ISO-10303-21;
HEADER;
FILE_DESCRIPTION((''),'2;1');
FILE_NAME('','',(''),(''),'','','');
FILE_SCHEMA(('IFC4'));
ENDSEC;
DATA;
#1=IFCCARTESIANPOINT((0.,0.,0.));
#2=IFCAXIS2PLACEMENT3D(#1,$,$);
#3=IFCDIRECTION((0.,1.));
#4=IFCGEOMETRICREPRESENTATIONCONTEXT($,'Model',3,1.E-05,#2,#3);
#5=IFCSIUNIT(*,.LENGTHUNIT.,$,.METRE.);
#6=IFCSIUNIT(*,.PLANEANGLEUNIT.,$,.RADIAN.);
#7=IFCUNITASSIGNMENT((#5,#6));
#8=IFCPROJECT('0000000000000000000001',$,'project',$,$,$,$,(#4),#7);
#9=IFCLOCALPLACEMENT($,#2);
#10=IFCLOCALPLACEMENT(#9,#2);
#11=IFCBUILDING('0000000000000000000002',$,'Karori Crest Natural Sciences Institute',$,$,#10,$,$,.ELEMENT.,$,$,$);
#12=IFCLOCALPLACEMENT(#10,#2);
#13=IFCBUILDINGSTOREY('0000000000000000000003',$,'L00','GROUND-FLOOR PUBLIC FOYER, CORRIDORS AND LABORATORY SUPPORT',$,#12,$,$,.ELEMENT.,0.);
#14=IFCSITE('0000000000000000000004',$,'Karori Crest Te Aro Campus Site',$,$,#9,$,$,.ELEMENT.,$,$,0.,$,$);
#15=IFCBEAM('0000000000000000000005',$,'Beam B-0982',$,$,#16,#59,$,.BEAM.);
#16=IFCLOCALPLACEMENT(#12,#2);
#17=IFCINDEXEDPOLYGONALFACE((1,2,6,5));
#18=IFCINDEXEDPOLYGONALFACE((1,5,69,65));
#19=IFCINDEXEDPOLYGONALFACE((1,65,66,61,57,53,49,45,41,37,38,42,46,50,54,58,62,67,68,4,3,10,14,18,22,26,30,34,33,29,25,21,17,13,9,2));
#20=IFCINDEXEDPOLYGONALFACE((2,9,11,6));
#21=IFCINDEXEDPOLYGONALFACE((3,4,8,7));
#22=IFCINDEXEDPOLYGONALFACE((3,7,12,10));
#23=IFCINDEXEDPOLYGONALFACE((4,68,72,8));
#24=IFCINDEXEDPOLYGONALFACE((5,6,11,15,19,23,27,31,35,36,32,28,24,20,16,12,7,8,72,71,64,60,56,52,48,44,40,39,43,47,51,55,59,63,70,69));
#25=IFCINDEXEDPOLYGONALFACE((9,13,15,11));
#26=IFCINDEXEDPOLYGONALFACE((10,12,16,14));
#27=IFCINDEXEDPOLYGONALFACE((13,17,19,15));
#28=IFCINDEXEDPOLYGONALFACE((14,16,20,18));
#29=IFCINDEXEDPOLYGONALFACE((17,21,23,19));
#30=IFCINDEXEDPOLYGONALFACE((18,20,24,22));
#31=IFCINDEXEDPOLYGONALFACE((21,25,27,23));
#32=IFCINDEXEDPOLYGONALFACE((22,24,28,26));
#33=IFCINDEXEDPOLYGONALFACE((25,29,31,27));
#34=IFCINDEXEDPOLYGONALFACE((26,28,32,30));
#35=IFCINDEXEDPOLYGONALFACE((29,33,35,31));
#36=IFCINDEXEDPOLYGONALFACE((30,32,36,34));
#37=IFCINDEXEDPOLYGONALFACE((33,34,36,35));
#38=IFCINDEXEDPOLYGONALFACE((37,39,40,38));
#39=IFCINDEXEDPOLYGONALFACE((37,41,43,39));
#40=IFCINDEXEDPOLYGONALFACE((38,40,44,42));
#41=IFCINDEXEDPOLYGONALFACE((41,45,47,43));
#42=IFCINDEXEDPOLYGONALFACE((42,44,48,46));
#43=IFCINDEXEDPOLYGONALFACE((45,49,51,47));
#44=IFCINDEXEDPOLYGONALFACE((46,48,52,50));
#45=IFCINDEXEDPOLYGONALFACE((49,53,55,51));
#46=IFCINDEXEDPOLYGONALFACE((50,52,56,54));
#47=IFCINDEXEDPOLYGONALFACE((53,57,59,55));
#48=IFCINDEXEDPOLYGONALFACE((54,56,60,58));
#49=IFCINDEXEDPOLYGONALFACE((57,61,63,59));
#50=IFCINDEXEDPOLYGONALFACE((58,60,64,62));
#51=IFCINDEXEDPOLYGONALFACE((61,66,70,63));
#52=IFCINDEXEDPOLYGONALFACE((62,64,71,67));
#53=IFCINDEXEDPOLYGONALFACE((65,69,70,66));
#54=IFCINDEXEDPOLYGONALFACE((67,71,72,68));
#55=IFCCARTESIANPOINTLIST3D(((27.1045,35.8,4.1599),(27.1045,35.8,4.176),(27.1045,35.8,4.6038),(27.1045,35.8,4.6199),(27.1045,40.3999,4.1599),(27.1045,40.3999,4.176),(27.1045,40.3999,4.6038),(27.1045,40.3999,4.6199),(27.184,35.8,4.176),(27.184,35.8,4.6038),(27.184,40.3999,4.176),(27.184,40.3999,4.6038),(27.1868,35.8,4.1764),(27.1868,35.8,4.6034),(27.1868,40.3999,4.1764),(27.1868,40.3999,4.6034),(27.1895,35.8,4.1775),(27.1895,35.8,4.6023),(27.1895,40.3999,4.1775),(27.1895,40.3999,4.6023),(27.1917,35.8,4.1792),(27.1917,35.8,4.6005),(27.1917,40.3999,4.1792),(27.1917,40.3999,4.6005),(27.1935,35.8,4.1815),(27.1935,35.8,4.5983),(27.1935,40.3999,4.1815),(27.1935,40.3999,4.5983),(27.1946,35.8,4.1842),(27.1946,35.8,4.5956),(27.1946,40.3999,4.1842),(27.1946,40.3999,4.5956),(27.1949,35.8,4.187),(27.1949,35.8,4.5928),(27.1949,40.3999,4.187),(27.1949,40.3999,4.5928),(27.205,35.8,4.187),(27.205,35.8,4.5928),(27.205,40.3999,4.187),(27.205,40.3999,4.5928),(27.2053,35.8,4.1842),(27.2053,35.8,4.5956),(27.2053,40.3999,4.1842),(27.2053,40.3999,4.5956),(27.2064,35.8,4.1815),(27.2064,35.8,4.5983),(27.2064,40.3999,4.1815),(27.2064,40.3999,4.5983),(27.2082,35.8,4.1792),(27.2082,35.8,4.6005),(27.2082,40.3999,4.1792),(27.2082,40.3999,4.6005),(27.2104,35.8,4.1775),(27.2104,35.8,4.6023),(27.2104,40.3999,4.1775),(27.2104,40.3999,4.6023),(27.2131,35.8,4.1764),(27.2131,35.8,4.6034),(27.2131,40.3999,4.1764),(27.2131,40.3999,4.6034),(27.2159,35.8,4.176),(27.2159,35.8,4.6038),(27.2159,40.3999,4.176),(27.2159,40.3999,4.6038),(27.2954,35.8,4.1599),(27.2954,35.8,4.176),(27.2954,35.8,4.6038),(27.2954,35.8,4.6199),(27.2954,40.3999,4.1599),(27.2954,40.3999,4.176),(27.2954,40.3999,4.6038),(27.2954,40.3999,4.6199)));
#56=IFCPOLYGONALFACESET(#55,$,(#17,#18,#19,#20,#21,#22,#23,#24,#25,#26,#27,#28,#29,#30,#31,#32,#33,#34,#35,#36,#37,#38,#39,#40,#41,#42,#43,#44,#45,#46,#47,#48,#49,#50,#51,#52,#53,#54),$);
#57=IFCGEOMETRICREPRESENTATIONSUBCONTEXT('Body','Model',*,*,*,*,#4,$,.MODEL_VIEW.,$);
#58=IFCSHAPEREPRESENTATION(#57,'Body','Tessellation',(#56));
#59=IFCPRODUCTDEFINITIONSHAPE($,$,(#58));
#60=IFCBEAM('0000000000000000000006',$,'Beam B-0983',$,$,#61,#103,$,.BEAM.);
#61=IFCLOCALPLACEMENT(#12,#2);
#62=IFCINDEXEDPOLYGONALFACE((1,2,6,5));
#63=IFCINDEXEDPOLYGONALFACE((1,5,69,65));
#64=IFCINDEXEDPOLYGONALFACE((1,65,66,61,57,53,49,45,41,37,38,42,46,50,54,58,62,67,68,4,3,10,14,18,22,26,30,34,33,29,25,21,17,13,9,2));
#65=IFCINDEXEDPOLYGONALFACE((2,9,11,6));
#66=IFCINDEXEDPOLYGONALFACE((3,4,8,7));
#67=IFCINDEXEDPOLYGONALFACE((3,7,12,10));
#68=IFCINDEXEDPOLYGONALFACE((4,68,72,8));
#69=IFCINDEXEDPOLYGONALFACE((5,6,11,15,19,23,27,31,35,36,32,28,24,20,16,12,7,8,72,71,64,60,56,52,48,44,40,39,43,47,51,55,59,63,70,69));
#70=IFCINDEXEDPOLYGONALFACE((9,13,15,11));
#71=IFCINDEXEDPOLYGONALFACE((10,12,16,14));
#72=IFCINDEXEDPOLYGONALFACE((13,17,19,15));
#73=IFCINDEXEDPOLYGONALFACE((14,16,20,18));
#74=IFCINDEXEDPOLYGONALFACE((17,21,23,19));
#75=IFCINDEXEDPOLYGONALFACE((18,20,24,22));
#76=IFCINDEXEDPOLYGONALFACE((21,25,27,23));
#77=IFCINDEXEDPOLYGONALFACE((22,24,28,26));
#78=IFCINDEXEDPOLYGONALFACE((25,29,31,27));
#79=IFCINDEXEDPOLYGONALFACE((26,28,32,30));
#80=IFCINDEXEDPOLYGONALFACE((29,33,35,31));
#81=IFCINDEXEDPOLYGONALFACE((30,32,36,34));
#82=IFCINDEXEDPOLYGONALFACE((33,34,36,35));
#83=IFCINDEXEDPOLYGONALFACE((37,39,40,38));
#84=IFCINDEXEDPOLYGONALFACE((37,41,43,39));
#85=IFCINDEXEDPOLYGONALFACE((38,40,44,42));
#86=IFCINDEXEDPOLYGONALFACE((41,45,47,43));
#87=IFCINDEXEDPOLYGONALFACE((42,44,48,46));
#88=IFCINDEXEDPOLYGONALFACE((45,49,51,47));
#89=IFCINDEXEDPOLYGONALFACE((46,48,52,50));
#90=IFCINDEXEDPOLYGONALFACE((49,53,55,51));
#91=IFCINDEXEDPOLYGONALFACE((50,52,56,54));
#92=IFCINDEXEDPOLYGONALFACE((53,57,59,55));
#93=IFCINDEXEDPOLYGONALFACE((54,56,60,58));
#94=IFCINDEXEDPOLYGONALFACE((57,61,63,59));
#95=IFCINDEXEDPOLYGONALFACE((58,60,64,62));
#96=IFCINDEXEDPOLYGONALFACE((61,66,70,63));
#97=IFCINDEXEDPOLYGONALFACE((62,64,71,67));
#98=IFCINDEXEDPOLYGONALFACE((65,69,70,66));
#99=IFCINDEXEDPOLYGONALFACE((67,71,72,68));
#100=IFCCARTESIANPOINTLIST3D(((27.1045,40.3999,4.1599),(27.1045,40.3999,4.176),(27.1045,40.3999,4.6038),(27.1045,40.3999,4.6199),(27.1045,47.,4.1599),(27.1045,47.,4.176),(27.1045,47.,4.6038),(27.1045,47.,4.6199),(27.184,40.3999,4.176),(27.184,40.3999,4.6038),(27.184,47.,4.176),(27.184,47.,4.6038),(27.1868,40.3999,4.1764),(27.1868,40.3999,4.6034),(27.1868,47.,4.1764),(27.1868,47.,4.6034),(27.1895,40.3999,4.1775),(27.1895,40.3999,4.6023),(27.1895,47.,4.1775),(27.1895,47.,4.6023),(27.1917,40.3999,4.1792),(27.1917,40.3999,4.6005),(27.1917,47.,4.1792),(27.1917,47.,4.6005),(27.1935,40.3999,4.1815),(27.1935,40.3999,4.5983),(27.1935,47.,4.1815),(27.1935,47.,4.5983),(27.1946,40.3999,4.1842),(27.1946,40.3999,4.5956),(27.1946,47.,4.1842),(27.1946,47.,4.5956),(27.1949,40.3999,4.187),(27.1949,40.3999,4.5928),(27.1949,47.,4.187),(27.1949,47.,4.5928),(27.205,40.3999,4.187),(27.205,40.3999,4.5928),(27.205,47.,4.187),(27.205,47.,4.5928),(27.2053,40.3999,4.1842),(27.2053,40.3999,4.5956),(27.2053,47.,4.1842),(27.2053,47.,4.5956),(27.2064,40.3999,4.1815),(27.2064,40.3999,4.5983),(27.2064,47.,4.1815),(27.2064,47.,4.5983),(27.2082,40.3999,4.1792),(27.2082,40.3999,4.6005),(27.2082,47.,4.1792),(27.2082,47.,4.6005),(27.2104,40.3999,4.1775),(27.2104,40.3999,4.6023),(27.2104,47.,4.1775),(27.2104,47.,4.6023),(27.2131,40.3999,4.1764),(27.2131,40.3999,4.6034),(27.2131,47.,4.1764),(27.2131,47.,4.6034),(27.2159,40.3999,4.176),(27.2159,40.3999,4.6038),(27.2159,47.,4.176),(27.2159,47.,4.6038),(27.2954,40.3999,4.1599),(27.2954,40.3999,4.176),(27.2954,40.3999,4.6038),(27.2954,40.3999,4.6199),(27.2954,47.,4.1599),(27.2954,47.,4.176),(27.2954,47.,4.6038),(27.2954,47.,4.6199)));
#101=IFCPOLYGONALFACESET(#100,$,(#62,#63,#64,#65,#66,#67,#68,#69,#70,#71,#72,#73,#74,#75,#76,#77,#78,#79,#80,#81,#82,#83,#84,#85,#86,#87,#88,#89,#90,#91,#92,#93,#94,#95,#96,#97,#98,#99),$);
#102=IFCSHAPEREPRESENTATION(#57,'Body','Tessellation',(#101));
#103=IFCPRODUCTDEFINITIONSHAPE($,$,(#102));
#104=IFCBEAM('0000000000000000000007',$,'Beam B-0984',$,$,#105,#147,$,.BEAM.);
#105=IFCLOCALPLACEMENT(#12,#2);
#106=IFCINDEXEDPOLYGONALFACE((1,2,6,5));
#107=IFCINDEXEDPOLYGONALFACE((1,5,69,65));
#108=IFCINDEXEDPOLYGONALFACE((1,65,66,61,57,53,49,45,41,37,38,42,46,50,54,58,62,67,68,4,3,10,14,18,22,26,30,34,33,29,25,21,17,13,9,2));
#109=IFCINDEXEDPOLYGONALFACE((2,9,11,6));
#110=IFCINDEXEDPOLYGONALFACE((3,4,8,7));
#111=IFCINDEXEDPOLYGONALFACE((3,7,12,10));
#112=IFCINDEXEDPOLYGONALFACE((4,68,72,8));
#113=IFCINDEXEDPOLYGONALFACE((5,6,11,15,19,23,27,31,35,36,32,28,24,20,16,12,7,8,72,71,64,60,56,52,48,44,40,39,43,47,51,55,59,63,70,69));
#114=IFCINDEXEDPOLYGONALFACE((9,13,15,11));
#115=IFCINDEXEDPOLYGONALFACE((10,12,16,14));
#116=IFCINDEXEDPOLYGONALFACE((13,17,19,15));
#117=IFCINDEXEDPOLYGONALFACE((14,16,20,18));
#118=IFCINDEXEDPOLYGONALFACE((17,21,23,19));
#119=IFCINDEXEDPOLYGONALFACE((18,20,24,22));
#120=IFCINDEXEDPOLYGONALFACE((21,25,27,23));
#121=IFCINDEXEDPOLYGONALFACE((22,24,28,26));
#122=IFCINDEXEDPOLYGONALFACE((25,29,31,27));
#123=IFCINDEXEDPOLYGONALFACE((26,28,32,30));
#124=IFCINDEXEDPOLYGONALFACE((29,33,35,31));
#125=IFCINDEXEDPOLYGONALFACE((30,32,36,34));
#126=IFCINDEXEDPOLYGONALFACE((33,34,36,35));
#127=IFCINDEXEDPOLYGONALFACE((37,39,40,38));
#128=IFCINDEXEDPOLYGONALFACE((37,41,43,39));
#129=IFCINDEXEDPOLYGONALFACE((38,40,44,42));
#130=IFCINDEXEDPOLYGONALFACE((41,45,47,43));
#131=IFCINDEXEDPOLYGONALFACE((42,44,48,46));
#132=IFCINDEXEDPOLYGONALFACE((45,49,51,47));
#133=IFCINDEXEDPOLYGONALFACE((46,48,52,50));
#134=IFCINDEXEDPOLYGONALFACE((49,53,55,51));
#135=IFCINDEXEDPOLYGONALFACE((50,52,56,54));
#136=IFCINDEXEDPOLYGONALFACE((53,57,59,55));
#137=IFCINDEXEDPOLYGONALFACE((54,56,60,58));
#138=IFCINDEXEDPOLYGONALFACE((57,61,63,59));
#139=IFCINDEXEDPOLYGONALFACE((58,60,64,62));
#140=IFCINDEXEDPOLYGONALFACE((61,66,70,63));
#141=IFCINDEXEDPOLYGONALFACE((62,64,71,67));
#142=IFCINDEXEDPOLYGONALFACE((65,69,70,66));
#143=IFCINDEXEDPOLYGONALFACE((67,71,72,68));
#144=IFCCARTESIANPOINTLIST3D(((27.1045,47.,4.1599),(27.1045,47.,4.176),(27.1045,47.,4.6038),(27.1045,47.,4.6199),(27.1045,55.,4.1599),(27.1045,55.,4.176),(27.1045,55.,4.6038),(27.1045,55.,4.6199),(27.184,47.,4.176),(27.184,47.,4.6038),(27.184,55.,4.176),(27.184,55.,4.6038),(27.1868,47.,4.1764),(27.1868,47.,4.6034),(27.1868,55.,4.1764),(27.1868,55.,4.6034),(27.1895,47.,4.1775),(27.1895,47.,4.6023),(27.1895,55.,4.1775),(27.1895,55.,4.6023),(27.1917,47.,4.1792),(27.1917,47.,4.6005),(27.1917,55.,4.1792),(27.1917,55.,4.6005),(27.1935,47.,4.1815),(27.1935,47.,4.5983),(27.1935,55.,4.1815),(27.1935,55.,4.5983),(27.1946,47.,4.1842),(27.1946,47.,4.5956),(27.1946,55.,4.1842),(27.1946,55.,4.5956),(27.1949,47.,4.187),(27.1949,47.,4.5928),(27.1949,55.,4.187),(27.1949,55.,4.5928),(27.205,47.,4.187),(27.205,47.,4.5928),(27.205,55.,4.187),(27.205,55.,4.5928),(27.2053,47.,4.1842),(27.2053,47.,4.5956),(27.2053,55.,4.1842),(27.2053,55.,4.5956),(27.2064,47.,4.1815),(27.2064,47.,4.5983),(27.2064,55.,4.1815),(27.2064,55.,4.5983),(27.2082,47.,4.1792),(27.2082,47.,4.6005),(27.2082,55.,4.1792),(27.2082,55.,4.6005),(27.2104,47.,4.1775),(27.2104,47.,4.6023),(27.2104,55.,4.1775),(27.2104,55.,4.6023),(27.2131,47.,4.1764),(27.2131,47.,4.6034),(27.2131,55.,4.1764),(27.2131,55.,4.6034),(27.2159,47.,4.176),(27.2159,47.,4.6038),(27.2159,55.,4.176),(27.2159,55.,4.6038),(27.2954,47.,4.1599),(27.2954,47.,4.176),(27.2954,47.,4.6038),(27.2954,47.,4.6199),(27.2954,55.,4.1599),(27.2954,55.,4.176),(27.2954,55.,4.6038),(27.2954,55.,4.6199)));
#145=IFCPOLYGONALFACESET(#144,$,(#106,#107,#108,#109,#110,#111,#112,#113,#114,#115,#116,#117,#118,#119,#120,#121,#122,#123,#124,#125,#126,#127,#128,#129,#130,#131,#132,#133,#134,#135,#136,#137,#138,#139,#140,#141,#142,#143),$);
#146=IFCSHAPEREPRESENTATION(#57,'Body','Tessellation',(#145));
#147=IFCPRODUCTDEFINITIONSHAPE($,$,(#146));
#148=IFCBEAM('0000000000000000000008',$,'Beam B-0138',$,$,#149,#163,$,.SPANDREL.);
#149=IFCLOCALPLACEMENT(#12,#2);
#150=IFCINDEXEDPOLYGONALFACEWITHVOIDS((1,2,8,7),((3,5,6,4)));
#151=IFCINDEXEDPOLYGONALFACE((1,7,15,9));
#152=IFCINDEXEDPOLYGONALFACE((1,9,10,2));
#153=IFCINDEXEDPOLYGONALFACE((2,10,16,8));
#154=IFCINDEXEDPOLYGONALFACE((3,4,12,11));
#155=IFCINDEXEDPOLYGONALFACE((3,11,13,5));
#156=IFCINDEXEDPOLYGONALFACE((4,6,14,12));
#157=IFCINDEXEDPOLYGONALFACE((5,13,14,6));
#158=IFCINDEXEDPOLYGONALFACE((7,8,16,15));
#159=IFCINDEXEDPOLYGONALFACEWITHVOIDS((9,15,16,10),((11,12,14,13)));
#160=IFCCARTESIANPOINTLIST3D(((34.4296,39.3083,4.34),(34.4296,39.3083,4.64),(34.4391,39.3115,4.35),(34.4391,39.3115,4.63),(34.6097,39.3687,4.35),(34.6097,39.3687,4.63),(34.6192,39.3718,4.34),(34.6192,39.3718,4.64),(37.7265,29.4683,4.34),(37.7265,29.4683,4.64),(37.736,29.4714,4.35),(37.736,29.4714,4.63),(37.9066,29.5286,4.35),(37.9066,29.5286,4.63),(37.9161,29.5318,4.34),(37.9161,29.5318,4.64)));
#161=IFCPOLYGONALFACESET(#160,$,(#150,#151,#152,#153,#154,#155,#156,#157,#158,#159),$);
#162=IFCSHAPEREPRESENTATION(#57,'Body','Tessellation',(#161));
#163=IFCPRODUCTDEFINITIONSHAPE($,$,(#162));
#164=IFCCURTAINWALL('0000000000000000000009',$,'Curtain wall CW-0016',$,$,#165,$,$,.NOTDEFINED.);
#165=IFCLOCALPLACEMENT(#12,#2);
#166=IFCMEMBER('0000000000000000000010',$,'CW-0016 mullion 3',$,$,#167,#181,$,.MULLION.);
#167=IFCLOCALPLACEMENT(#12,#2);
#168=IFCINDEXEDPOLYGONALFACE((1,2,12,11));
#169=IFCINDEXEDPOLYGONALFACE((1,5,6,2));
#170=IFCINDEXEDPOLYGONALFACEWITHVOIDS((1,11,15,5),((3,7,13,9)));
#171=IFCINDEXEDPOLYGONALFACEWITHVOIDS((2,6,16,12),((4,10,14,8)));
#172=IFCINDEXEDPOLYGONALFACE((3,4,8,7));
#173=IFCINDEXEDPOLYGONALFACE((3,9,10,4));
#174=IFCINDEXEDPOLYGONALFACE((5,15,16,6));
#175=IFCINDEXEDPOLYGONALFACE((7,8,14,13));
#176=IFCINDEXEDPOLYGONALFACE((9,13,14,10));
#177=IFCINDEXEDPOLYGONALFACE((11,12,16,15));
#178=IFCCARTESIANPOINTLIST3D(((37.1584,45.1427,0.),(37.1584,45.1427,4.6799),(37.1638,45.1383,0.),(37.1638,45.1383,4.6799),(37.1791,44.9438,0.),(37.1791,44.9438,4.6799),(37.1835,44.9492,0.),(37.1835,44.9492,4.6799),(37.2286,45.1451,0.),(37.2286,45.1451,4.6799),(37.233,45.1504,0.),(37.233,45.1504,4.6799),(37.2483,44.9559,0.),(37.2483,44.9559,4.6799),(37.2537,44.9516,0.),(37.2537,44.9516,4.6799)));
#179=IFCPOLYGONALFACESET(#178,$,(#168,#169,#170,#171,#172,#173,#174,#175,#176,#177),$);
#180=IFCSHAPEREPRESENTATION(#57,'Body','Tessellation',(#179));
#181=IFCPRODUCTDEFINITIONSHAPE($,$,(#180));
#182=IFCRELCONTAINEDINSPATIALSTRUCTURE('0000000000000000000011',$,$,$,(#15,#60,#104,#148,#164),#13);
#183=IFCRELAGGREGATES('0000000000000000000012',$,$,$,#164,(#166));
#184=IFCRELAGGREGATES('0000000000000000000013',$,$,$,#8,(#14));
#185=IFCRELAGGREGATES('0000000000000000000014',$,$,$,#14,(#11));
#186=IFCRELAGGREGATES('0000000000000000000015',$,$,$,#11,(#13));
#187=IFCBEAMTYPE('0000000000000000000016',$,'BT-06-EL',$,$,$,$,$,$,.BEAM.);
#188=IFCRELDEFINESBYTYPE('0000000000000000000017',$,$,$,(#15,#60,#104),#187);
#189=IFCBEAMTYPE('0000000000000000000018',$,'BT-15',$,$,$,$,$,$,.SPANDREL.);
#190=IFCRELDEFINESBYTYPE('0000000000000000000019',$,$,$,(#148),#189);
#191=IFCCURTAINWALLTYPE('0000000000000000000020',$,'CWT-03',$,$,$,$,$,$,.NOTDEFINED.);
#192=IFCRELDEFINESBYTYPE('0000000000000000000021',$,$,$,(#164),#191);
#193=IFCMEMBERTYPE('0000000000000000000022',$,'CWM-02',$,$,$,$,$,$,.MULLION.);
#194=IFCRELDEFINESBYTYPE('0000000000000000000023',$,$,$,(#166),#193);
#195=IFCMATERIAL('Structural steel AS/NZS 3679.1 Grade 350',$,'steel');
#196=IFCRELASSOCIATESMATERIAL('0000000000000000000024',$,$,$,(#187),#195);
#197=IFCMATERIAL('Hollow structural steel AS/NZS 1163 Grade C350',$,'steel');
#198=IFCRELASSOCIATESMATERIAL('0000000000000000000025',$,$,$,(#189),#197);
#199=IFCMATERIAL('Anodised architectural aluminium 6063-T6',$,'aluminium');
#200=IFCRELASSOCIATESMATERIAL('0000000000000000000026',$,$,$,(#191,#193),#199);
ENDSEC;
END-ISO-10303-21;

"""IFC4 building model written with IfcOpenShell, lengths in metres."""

from ifc_helpers import new_model, si_unit, direction, frame, origin, origin_2d, place, context, subcontext, project, spatial, hollow_rectangle, i_section, extrude, material, material_profile, profile_set, type_object, element, aggregate, save


model = new_model("IFC4")

# Units and contexts
model_context = context("Model", 3, precision=1e-05, world=origin(), true_north=direction((0.0, 1.0)))
body_context = subcontext(model_context, "Body", "Model", "MODEL_VIEW")
ifc_project = project(units=[si_unit("LENGTHUNIT", "METRE"), si_unit("PLANEANGLEUNIT", "RADIAN")], contexts=[model_context])

# Site, building, storey
site_placement = place(None, origin())
site = spatial("IfcSite", under=ifc_project, at=site_placement, Name="Karori Crest Te Aro Campus Site", CompositionType="ELEMENT", RefElevation=0.0)
building_placement = place(site_placement, origin())
building = spatial("IfcBuilding", under=site, at=building_placement, Name="Karori Crest Natural Sciences Institute", CompositionType="ELEMENT")
storey_placement = place(building_placement, origin())
storey = spatial("IfcBuildingStorey", under=building, at=storey_placement, Name="L00", Description="GROUND-FLOOR PUBLIC FOYER, CORRIDORS AND LABORATORY SUPPORT", CompositionType="ELEMENT", Elevation=0.0)

# Shared definitions
ifc_material_1 = material(Name="Structural steel AS/NZS 3679.1 Grade 350", Category="steel")
ifc_material_2 = material(Name="Hollow structural steel AS/NZS 1163 Grade C350", Category="steel")

# Beams
ifc_material_profile_1 = material_profile(ifc_material_1, i_section(OverallWidth=0.1909, OverallDepth=0.46, WebThickness=0.01, FlangeThickness=0.0161, FilletRadius=0.011, at=origin_2d()), Name="460UB82.1")
ifc_profile_set_1 = profile_set([ifc_material_profile_1], Name="Structural steel AS/NZS 3679.1 Grade 350")
beam_type_1 = type_object("IfcBeamType", Name="BT-06-EL", PredefinedType="BEAM", material=ifc_profile_set_1)
beam_1_placement = place(storey_placement, frame((27.2, 35.8, 4.3899), z_axis=(0.0, 1.0, 0.0), x_axis=(-1.0, 0.0, 0.0)))
element("IfcBeam", 1, at=beam_1_placement, inside=storey, type_object=beam_type_1, Name="Beam B-0982", PredefinedType="BEAM", context=body_context, shape_type="SweptSolid", body=[
    extrude(i_section(OverallWidth=0.1909, OverallDepth=0.46, WebThickness=0.01, FlangeThickness=0.0161, FilletRadius=0.011, at=origin_2d()), origin(), (0.0, 0.0, 1.0), 4.5999),
])
beam_2_placement = place(storey_placement, frame((27.2, 40.3999, 4.3899), z_axis=(0.0, 1.0, 0.0), x_axis=(-1.0, 0.0, 0.0)))
element("IfcBeam", 2, at=beam_2_placement, inside=storey, type_object=beam_type_1, Name="Beam B-0983", PredefinedType="BEAM", context=body_context, shape_type="SweptSolid", body=[
    extrude(i_section(OverallWidth=0.1909, OverallDepth=0.46, WebThickness=0.01, FlangeThickness=0.0161, FilletRadius=0.011, at=origin_2d()), origin(), (0.0, 0.0, 1.0), 6.6001),
])
beam_3_placement = place(storey_placement, frame((27.2, 47.0, 4.3899), z_axis=(0.0, 1.0, 0.0), x_axis=(-1.0, 0.0, 0.0)))
element("IfcBeam", 3, at=beam_3_placement, inside=storey, type_object=beam_type_1, Name="Beam B-0984", PredefinedType="BEAM", context=body_context, shape_type="SweptSolid", body=[
    extrude(i_section(OverallWidth=0.1909, OverallDepth=0.46, WebThickness=0.01, FlangeThickness=0.0161, FilletRadius=0.011, at=origin_2d()), origin(), (0.0, 0.0, 1.0), 8.0),
])
ifc_material_profile_2 = material_profile(ifc_material_2, hollow_rectangle(XDim=0.2, YDim=0.3, WallThickness=0.01, at=origin_2d()), Name="RHS300x200x10")
ifc_profile_set_2 = profile_set([ifc_material_profile_2], Name="Hollow structural steel AS/NZS 1163 Grade C350")
beam_type_2 = type_object("IfcBeamType", Name="BT-15", PredefinedType="SPANDREL", material=ifc_profile_set_2)
beam_4_placement = place(storey_placement, frame((34.5244, 39.3401, 4.49), z_axis=(0.317688, -0.948195, 0.0), x_axis=(0.948195, 0.317688, 0.0)))
element("IfcBeam", 4, at=beam_4_placement, inside=storey, type_object=beam_type_2, Name="Beam B-0138", PredefinedType="SPANDREL", context=body_context, shape_type="SweptSolid", body=[
    extrude(hollow_rectangle(XDim=0.2, YDim=0.3, WallThickness=0.01, at=origin_2d()), origin(), (0.0, 0.0, 1.0), 10.3777),
])

# Curtain wall, member
ifc_material_3 = material(Name="Anodised architectural aluminium 6063-T6", Category="aluminium")
curtain_wall_type = type_object("IfcCurtainWallType", Name="CWT-03", PredefinedType="NOTDEFINED", material=ifc_material_3)
curtain_wall_placement = place(storey_placement, origin())
curtain_wall = element("IfcCurtainWall", 5, at=curtain_wall_placement, inside=storey, type_object=curtain_wall_type, Name="Curtain wall CW-0016", PredefinedType="NOTDEFINED")
ifc_material_profile_3 = material_profile(ifc_material_3, hollow_rectangle(XDim=0.075, YDim=0.2, WallThickness=0.0049, at=origin_2d()), Name="CWM200x75x5")
ifc_profile_set_3 = profile_set([ifc_material_profile_3], Name="Anodised architectural aluminium 6063-T6")
member_type_1 = type_object("IfcMemberType", Name="CWM-02", PredefinedType="MULLION", material=ifc_profile_set_3)
member_1_placement = place(storey_placement, frame((37.2061, 45.0471, 0.0), z_axis=(0.0, 0.0, 1.0), x_axis=(-0.994608, -0.103701, 0.0)))
member_1 = element("IfcMember", 6, at=member_1_placement, type_object=member_type_1, Name="CW-0016 mullion 3", PredefinedType="MULLION", context=body_context, shape_type="SweptSolid", body=[
    extrude(hollow_rectangle(XDim=0.075, YDim=0.2, WallThickness=0.0049, at=origin_2d()), origin(), (0.0, 0.0, 1.0), 4.6799),
])

aggregate(curtain_wall, [member_1])

save(model, "model.ifc")
